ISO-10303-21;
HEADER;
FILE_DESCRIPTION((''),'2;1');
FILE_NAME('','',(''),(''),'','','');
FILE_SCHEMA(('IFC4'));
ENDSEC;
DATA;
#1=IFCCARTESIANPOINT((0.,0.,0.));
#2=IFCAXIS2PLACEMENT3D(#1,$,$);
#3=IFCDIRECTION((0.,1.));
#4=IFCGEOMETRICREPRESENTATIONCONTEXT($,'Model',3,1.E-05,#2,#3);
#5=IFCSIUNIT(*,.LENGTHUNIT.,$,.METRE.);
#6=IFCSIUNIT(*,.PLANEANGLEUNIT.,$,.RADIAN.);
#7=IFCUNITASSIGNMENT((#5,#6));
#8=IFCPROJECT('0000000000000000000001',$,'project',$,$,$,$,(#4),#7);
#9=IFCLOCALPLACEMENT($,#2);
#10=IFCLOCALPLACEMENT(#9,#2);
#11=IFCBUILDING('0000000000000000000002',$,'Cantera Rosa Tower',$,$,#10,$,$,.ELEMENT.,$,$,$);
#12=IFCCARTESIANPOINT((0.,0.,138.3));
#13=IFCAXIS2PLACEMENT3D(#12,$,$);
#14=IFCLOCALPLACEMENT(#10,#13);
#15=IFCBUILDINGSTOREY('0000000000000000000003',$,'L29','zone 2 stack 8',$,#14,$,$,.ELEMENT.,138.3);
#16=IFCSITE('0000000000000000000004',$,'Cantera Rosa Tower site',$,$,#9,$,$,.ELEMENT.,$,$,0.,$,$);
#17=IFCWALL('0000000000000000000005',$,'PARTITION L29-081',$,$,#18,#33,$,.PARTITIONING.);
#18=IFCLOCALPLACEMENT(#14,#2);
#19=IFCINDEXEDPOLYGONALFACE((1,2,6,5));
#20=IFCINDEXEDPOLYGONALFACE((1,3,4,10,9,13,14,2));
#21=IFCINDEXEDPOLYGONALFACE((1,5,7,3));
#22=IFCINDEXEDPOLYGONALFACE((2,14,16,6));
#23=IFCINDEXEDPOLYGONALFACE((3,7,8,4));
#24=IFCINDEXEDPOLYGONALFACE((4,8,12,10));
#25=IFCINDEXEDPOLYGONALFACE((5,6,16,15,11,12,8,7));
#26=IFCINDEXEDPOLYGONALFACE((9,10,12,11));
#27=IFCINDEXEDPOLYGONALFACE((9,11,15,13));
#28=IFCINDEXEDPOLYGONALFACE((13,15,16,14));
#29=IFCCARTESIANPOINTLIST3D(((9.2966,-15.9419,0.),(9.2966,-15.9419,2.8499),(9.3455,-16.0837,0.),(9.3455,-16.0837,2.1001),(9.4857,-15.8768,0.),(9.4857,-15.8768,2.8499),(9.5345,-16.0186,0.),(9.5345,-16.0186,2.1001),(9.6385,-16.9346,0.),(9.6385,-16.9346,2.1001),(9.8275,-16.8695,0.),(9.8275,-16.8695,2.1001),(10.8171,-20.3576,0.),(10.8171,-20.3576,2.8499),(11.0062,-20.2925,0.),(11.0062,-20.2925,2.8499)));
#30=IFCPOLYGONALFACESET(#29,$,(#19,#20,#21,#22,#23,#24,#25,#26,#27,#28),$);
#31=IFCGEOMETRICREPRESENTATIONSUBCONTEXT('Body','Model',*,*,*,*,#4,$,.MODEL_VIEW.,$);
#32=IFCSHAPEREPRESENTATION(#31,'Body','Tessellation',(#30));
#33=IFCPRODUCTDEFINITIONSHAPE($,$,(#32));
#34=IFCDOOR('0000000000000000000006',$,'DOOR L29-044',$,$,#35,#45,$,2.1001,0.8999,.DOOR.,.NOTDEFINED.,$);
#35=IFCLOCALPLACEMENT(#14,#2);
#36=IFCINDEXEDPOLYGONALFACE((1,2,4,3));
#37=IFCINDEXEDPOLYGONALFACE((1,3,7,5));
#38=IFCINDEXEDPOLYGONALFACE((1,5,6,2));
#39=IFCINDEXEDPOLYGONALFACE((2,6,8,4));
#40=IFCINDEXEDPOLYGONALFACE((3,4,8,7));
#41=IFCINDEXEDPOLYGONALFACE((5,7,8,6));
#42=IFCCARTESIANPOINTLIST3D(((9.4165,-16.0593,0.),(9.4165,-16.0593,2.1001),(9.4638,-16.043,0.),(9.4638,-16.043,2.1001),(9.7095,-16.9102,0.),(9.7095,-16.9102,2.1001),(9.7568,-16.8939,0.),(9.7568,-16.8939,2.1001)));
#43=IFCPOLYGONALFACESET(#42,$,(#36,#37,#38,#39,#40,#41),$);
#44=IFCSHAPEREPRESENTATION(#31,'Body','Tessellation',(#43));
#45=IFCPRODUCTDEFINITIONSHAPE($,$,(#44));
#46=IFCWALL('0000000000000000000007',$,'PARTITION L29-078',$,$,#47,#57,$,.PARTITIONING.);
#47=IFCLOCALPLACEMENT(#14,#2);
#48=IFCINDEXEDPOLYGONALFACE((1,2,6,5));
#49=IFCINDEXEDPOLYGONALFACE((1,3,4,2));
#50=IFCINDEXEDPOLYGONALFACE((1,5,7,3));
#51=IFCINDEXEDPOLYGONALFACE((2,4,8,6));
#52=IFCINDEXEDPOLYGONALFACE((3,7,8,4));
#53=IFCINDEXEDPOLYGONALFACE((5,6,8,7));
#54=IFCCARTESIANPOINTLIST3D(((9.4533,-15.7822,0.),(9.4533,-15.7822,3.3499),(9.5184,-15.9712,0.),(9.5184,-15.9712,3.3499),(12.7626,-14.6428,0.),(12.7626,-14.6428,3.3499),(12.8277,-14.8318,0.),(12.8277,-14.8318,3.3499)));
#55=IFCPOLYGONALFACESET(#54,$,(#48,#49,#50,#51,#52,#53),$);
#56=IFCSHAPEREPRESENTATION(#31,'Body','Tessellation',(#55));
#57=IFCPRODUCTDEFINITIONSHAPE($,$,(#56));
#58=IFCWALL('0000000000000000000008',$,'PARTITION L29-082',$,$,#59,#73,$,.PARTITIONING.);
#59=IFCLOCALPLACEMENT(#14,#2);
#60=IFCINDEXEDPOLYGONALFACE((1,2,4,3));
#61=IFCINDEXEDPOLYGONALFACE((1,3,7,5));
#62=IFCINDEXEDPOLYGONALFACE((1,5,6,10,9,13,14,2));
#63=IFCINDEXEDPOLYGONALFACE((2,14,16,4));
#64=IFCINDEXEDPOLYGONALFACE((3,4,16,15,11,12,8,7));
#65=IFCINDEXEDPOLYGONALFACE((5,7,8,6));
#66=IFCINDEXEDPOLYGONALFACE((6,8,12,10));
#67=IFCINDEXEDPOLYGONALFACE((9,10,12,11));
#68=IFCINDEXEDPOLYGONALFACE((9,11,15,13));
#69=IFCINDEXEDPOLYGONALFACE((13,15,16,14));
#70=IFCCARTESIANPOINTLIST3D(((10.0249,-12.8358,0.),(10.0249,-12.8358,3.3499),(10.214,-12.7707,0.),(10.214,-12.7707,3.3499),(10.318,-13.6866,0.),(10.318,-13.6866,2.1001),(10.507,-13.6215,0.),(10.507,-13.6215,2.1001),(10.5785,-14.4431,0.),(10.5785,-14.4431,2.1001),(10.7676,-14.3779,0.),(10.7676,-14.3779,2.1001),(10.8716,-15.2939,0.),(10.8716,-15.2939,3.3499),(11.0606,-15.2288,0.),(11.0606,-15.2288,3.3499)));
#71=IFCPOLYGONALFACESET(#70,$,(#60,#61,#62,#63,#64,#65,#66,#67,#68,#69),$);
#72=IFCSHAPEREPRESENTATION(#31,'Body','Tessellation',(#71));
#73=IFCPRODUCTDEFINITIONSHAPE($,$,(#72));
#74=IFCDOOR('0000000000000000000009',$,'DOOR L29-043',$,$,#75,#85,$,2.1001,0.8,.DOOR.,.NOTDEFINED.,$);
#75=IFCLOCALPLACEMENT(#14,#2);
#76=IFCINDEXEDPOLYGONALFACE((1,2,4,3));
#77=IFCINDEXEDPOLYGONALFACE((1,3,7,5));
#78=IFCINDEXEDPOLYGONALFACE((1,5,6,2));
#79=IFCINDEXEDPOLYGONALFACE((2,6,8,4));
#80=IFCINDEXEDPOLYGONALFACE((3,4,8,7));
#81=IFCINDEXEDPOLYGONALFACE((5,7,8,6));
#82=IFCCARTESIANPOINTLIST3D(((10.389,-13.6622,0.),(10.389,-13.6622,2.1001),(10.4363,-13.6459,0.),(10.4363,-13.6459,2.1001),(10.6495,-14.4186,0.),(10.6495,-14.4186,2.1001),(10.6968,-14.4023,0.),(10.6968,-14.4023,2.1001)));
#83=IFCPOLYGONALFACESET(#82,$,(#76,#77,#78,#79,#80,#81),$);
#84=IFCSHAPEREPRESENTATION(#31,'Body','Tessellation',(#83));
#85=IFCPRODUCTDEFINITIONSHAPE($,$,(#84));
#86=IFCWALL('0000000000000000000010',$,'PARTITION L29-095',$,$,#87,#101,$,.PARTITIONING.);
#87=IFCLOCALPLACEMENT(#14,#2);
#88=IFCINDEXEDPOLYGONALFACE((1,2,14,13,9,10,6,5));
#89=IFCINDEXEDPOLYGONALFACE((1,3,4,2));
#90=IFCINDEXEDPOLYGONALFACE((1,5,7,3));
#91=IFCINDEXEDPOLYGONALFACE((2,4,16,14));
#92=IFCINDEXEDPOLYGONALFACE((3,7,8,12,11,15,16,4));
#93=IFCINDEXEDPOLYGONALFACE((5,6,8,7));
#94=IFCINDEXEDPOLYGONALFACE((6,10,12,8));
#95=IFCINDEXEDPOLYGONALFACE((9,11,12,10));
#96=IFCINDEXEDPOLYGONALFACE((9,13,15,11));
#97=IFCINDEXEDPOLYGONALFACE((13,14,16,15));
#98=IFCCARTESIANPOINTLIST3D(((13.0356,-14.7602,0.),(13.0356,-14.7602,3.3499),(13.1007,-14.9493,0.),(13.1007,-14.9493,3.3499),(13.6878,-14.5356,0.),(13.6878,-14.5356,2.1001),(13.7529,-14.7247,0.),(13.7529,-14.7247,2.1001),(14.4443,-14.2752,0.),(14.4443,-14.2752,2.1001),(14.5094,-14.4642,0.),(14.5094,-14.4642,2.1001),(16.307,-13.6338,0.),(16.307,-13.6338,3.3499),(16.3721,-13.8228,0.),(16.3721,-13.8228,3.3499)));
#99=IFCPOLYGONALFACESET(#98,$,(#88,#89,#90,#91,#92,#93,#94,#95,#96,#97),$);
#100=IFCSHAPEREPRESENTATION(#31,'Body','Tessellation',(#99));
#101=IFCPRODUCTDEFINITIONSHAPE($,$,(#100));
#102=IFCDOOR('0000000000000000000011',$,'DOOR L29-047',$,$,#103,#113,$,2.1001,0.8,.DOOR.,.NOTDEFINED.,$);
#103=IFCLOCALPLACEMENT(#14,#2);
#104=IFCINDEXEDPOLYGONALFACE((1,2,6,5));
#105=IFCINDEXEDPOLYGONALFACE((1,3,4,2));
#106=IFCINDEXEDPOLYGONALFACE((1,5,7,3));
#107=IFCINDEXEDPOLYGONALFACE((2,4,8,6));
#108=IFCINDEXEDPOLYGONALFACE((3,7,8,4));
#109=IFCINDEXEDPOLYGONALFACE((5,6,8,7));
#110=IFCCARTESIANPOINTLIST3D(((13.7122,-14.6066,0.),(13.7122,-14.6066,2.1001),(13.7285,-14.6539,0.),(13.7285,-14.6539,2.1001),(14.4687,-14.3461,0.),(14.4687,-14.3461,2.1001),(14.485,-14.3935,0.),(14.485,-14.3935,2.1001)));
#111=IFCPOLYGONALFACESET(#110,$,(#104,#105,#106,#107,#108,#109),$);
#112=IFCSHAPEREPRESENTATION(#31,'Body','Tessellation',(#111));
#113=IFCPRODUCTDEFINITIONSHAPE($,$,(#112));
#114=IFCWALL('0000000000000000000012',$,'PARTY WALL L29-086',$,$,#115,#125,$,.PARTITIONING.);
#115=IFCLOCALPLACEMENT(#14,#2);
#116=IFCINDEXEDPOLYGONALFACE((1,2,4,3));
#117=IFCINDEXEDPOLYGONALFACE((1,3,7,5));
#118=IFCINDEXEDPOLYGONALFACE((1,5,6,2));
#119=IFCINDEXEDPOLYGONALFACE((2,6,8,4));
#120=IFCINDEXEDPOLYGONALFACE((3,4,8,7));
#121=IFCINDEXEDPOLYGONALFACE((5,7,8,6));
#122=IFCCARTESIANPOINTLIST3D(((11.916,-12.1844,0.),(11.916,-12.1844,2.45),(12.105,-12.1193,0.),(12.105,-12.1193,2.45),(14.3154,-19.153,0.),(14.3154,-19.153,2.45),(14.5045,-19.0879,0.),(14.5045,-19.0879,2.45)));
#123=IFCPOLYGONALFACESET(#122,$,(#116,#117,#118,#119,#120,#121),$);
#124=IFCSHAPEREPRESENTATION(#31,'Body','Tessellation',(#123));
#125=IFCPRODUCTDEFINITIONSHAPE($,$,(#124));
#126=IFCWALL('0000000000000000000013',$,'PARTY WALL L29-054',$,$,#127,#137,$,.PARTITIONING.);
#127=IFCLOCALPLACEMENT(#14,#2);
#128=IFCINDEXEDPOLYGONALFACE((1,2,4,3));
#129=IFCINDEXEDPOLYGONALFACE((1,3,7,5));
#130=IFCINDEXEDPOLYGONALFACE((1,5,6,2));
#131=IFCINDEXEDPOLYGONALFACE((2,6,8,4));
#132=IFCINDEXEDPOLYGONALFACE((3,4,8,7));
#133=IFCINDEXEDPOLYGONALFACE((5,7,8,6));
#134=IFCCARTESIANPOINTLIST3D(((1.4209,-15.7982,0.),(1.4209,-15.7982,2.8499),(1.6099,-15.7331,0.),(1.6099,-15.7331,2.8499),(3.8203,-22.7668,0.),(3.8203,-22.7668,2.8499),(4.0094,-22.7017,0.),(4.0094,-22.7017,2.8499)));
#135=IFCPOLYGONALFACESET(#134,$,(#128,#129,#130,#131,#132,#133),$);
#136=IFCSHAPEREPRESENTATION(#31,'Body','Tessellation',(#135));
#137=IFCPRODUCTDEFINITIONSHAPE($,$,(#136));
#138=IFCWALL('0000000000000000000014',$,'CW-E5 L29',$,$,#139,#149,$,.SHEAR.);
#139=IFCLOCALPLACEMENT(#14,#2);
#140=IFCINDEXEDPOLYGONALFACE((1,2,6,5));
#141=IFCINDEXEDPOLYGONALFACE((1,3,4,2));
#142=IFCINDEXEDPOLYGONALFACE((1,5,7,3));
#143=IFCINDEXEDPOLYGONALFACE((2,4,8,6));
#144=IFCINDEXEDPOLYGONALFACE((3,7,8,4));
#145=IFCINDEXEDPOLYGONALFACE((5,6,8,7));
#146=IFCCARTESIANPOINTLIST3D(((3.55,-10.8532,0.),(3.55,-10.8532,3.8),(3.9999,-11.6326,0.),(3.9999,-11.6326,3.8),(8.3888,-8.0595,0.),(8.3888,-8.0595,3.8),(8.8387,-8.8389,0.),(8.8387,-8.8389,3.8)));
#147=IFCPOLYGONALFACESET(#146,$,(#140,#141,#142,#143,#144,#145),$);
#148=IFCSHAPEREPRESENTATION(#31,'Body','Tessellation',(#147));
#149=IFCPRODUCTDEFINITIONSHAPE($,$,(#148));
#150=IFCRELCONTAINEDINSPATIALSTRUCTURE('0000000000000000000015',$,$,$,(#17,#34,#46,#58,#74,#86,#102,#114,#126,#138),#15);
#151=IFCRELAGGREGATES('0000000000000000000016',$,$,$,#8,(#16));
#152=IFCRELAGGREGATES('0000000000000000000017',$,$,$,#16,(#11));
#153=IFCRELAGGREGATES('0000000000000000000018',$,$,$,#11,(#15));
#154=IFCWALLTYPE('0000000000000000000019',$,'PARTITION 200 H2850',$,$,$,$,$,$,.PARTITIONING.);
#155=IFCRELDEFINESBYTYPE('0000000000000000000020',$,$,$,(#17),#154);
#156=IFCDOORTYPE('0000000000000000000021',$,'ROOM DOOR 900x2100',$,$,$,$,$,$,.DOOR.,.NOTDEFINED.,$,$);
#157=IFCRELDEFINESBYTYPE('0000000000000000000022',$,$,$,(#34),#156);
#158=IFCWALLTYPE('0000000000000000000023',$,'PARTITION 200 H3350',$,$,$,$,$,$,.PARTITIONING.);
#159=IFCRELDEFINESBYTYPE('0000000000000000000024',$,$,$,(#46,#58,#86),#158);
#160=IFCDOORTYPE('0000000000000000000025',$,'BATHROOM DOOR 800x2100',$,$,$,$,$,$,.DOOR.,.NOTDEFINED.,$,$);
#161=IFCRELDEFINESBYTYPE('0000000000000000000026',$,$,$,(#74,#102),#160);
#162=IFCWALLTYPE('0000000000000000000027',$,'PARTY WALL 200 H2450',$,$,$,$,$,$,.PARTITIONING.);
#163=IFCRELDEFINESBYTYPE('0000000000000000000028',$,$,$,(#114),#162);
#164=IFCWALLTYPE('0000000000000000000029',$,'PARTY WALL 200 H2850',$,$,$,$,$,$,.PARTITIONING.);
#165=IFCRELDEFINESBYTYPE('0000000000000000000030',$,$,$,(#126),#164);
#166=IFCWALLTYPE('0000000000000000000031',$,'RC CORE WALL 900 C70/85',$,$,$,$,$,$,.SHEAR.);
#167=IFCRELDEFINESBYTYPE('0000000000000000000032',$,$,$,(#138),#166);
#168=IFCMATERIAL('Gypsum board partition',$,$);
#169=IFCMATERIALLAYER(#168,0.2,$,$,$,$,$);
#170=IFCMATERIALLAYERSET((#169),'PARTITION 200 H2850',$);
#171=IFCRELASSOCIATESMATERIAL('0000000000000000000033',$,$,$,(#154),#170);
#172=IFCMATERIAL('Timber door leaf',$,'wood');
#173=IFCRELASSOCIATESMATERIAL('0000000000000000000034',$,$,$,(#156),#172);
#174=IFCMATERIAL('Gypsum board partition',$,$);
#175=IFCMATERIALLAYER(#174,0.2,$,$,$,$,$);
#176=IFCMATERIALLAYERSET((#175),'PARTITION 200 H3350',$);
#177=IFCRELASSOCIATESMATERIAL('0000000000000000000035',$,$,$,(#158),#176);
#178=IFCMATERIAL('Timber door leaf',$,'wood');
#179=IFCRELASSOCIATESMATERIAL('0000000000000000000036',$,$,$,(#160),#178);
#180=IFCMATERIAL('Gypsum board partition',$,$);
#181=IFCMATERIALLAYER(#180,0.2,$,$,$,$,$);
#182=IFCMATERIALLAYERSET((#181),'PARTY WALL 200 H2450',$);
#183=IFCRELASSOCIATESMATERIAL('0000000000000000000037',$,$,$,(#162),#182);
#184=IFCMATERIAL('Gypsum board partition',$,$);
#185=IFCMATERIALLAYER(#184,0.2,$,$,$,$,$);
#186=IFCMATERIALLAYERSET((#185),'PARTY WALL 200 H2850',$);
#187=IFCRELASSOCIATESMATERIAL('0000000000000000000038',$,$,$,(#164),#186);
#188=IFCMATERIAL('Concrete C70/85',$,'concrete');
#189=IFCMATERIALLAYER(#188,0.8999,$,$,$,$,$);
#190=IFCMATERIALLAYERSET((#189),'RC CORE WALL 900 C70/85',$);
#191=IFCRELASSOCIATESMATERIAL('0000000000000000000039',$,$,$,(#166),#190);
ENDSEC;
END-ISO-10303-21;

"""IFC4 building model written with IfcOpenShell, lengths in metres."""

from ifc_helpers import new_model, si_unit, direction, frame, frame_2d, origin, place, context, subcontext, project, spatial, rectangle, extrude, material, layer, layer_set, type_object, element, fill, save


model = new_model("IFC4")

# Units and contexts
model_context = context("Model", 3, precision=1e-05, world=origin(), true_north=direction((0.0, 1.0)))
body_context = subcontext(model_context, "Body", "Model", "MODEL_VIEW")
ifc_project = project(units=[si_unit("LENGTHUNIT", "METRE"), si_unit("PLANEANGLEUNIT", "RADIAN")], contexts=[model_context])

# Site, building, storey
site_placement = place(None, origin())
site = spatial("IfcSite", under=ifc_project, at=site_placement, Name="Cantera Rosa Tower site", CompositionType="ELEMENT", RefElevation=0.0)
building_placement = place(site_placement, origin())
building = spatial("IfcBuilding", under=site, at=building_placement, Name="Cantera Rosa Tower", CompositionType="ELEMENT")
storey_placement = place(building_placement, frame((0.0, 0.0, 138.3)))
storey = spatial("IfcBuildingStorey", under=building, at=storey_placement, Name="L29", Description="zone 2 stack 8", CompositionType="ELEMENT", Elevation=138.3)

# Wall, opening, door
ifc_material_1 = material(Name="Gypsum board partition")
ifc_layer_1 = layer(ifc_material_1, 0.2)
ifc_layer_set_1 = layer_set([ifc_layer_1], Name="PARTITION 200 H2850")
wall_type_1 = type_object("IfcWallType", Name="PARTITION 200 H2850", PredefinedType="PARTITIONING", material=ifc_layer_set_1)
wall_1_placement = place(storey_placement, frame((10.9116, -20.325, 0.0), z_axis=(0.0, 0.0, 1.0), x_axis=(-0.325575, 0.945516, 0.0)))
wall_1 = element("IfcWall", 1, at=wall_1_placement, inside=storey, type_object=wall_type_1, Name="PARTITION L29-081", PredefinedType="PARTITIONING", context=body_context, shape_type="SweptSolid", body=[
    extrude(rectangle(XDim=4.6702, YDim=0.2, at=frame_2d((2.335, 0.0))), origin(), (0.0, 0.0, 1.0), 2.8499),
])
opening_1_placement = place(wall_1_placement, frame((3.6201, 0.0, 0.0)))
opening_1 = element("IfcOpeningElement", 2, at=opening_1_placement, cuts=wall_1, PredefinedType="OPENING", context=body_context, shape_type="SweptSolid", body=[
    extrude(rectangle(XDim=0.8999, YDim=2.1001, at=frame_2d((0.45, 1.05))), frame((0.0, 0.1099, 0.0), z_axis=(0.0, -1.0, 0.0), x_axis=(1.0, 0.0, 0.0)), (0.0, 0.0, 1.0), 0.22),
])
ifc_material_2 = material(Name="Timber door leaf", Category="wood")
door_type_1 = type_object("IfcDoorType", Name="ROOM DOOR 900x2100", OperationType="NOTDEFINED", PredefinedType="DOOR", material=ifc_material_2)
door_1_placement = place(opening_1_placement, origin())
door_1 = element("IfcDoor", 3, at=door_1_placement, inside=storey, type_object=door_type_1, Name="DOOR L29-044", OperationType="NOTDEFINED", OverallHeight=2.1001, OverallWidth=0.8999, PredefinedType="DOOR", context=body_context, shape_type="SweptSolid", body=[
    extrude(rectangle(XDim=0.8999, YDim=2.1001, at=frame_2d((0.45, 1.05))), frame((0.0, 0.0249, 0.0), z_axis=(0.0, -1.0, 0.0), x_axis=(1.0, 0.0, 0.0)), (0.0, 0.0, 1.0), 0.05),
])
fill(opening_1, door_1)

# Wall
ifc_material_3 = material(Name="Gypsum board partition")
ifc_layer_2 = layer(ifc_material_3, 0.2)
ifc_layer_set_2 = layer_set([ifc_layer_2], Name="PARTITION 200 H3350")
wall_type_2 = type_object("IfcWallType", Name="PARTITION 200 H3350", PredefinedType="PARTITIONING", material=ifc_layer_set_2)
wall_2_placement = place(storey_placement, frame((9.4858, -15.8767, 0.0), z_axis=(0.0, 0.0, 1.0), x_axis=(0.945526, 0.325546, 0.0)))
element("IfcWall", 4, at=wall_2_placement, inside=storey, type_object=wall_type_2, Name="PARTITION L29-078", PredefinedType="PARTITIONING", context=body_context, shape_type="SweptSolid", body=[
    extrude(rectangle(XDim=3.5, YDim=0.2, at=frame_2d((1.75, 0.0))), origin(), (0.0, 0.0, 1.0), 3.3499),
])

# Walls, openings, doors
wall_3_placement = place(storey_placement, frame((10.9661, -15.2612, 0.0), z_axis=(0.0, 0.0, 1.0), x_axis=(-0.325649, 0.945491, 0.0)))
wall_3 = element("IfcWall", 5, at=wall_3_placement, inside=storey, type_object=wall_type_2, Name="PARTITION L29-082", PredefinedType="PARTITIONING", context=body_context, shape_type="SweptSolid", body=[
    extrude(rectangle(XDim=2.5999, YDim=0.2, at=frame_2d((1.2998, 0.0))), origin(), (0.0, 0.0, 1.0), 3.3499),
])
opening_2_placement = place(wall_3_placement, frame((0.8999, 0.0, 0.0)))
opening_2 = element("IfcOpeningElement", 6, at=opening_2_placement, cuts=wall_3, PredefinedType="OPENING", context=body_context, shape_type="SweptSolid", body=[
    extrude(rectangle(XDim=0.8, YDim=2.1001, at=frame_2d((0.3999, 1.05))), frame((0.0, 0.1099, 0.0), z_axis=(0.0, -1.0, 0.0), x_axis=(1.0, 0.0, 0.0)), (0.0, 0.0, 1.0), 0.22),
])
ifc_material_4 = material(Name="Timber door leaf", Category="wood")
door_type_2 = type_object("IfcDoorType", Name="BATHROOM DOOR 800x2100", OperationType="NOTDEFINED", PredefinedType="DOOR", material=ifc_material_4)
door_2_placement = place(opening_2_placement, origin())
door_2 = element("IfcDoor", 7, at=door_2_placement, inside=storey, type_object=door_type_2, Name="DOOR L29-043", OperationType="NOTDEFINED", OverallHeight=2.1001, OverallWidth=0.8, PredefinedType="DOOR", context=body_context, shape_type="SweptSolid", body=[
    extrude(rectangle(XDim=0.8, YDim=2.1001, at=frame_2d((0.3999, 1.05))), frame((0.0, 0.0249, 0.0), z_axis=(0.0, -1.0, 0.0), x_axis=(1.0, 0.0, 0.0)), (0.0, 0.0, 1.0), 0.05),
])
fill(opening_2, door_2)
wall_4_placement = place(storey_placement, frame((13.0681, -14.8547, 0.0), z_axis=(0.0, 0.0, 1.0), x_axis=(0.945518, 0.325569, 0.0)))
wall_4 = element("IfcWall", 8, at=wall_4_placement, inside=storey, type_object=wall_type_2, Name="PARTITION L29-095", PredefinedType="PARTITIONING", context=body_context, shape_type="SweptSolid", body=[
    extrude(rectangle(XDim=3.46, YDim=0.2, at=frame_2d((1.73, 0.0))), origin(), (0.0, 0.0, 1.0), 3.3499),
])
opening_3_placement = place(wall_4_placement, frame((0.6899, 0.0, 0.0)))
opening_3 = element("IfcOpeningElement", 9, at=opening_3_placement, cuts=wall_4, PredefinedType="OPENING", context=body_context, shape_type="SweptSolid", body=[
    extrude(rectangle(XDim=0.8, YDim=2.1001, at=frame_2d((0.3999, 1.05))), frame((0.0, 0.1099, 0.0), z_axis=(0.0, -1.0, 0.0), x_axis=(1.0, 0.0, 0.0)), (0.0, 0.0, 1.0), 0.22),
])
door_3_placement = place(opening_3_placement, origin())
door_3 = element("IfcDoor", 10, at=door_3_placement, inside=storey, type_object=door_type_2, Name="DOOR L29-047", OperationType="NOTDEFINED", OverallHeight=2.1001, OverallWidth=0.8, PredefinedType="DOOR", context=body_context, shape_type="SweptSolid", body=[
    extrude(rectangle(XDim=0.8, YDim=2.1001, at=frame_2d((0.3999, 1.05))), frame((0.0, 0.0249, 0.0), z_axis=(0.0, -1.0, 0.0), x_axis=(1.0, 0.0, 0.0)), (0.0, 0.0, 1.0), 0.05),
])
fill(opening_3, door_3)

# Walls
ifc_material_5 = material(Name="Gypsum board partition")
ifc_layer_3 = layer(ifc_material_5, 0.2)
ifc_layer_set_3 = layer_set([ifc_layer_3], Name="PARTY WALL 200 H2450")
wall_type_3 = type_object("IfcWallType", Name="PARTY WALL 200 H2450", PredefinedType="PARTITIONING", material=ifc_layer_set_3)
wall_5_placement = place(storey_placement, frame((12.0105, -12.1519, 0.0), z_axis=(0.0, 0.0, 1.0), x_axis=(0.325564, -0.94552, 0.0)))
element("IfcWall", 11, at=wall_5_placement, inside=storey, type_object=wall_type_3, Name="PARTY WALL L29-086", PredefinedType="PARTITIONING", context=body_context, shape_type="SweptSolid", body=[
    extrude(rectangle(XDim=7.3701, YDim=0.2, at=frame_2d((3.6851, 0.0))), origin(), (0.0, 0.0, 1.0), 2.45),
])
ifc_material_6 = material(Name="Gypsum board partition")
ifc_layer_4 = layer(ifc_material_6, 0.2)
ifc_layer_set_4 = layer_set([ifc_layer_4], Name="PARTY WALL 200 H2850")
wall_type_4 = type_object("IfcWallType", Name="PARTY WALL 200 H2850", PredefinedType="PARTITIONING", material=ifc_layer_set_4)
wall_6_placement = place(storey_placement, frame((1.5154, -15.7656, 0.0), z_axis=(0.0, 0.0, 1.0), x_axis=(0.325564, -0.94552, 0.0)))
element("IfcWall", 12, at=wall_6_placement, inside=storey, type_object=wall_type_4, Name="PARTY WALL L29-054", PredefinedType="PARTITIONING", context=body_context, shape_type="SweptSolid", body=[
    extrude(rectangle(XDim=7.3701, YDim=0.2, at=frame_2d((3.6851, 0.0))), origin(), (0.0, 0.0, 1.0), 2.8499),
])
ifc_material_7 = material(Name="Concrete C70/85", Category="concrete")
ifc_layer_5 = layer(ifc_material_7, 0.8999)
ifc_layer_set_5 = layer_set([ifc_layer_5], Name="RC CORE WALL 900 C70/85")
wall_type_5 = type_object("IfcWallType", Name="RC CORE WALL 900 C70/85", PredefinedType="SHEAR", material=ifc_layer_set_5)
wall_7_placement = place(storey_placement, frame((8.6138, -8.4492, 0.0), z_axis=(0.0, 0.0, 1.0), x_axis=(-0.866027, -0.499997, 0.0)))
element("IfcWall", 13, at=wall_7_placement, inside=storey, type_object=wall_type_5, Name="CW-E5 L29", PredefinedType="SHEAR", context=body_context, shape_type="SweptSolid", body=[
    extrude(rectangle(XDim=5.5874, YDim=0.8999, at=frame_2d((2.7937, 0.0))), origin(), (0.0, 0.0, 1.0), 3.8),
])

save(model, "model.ifc")
